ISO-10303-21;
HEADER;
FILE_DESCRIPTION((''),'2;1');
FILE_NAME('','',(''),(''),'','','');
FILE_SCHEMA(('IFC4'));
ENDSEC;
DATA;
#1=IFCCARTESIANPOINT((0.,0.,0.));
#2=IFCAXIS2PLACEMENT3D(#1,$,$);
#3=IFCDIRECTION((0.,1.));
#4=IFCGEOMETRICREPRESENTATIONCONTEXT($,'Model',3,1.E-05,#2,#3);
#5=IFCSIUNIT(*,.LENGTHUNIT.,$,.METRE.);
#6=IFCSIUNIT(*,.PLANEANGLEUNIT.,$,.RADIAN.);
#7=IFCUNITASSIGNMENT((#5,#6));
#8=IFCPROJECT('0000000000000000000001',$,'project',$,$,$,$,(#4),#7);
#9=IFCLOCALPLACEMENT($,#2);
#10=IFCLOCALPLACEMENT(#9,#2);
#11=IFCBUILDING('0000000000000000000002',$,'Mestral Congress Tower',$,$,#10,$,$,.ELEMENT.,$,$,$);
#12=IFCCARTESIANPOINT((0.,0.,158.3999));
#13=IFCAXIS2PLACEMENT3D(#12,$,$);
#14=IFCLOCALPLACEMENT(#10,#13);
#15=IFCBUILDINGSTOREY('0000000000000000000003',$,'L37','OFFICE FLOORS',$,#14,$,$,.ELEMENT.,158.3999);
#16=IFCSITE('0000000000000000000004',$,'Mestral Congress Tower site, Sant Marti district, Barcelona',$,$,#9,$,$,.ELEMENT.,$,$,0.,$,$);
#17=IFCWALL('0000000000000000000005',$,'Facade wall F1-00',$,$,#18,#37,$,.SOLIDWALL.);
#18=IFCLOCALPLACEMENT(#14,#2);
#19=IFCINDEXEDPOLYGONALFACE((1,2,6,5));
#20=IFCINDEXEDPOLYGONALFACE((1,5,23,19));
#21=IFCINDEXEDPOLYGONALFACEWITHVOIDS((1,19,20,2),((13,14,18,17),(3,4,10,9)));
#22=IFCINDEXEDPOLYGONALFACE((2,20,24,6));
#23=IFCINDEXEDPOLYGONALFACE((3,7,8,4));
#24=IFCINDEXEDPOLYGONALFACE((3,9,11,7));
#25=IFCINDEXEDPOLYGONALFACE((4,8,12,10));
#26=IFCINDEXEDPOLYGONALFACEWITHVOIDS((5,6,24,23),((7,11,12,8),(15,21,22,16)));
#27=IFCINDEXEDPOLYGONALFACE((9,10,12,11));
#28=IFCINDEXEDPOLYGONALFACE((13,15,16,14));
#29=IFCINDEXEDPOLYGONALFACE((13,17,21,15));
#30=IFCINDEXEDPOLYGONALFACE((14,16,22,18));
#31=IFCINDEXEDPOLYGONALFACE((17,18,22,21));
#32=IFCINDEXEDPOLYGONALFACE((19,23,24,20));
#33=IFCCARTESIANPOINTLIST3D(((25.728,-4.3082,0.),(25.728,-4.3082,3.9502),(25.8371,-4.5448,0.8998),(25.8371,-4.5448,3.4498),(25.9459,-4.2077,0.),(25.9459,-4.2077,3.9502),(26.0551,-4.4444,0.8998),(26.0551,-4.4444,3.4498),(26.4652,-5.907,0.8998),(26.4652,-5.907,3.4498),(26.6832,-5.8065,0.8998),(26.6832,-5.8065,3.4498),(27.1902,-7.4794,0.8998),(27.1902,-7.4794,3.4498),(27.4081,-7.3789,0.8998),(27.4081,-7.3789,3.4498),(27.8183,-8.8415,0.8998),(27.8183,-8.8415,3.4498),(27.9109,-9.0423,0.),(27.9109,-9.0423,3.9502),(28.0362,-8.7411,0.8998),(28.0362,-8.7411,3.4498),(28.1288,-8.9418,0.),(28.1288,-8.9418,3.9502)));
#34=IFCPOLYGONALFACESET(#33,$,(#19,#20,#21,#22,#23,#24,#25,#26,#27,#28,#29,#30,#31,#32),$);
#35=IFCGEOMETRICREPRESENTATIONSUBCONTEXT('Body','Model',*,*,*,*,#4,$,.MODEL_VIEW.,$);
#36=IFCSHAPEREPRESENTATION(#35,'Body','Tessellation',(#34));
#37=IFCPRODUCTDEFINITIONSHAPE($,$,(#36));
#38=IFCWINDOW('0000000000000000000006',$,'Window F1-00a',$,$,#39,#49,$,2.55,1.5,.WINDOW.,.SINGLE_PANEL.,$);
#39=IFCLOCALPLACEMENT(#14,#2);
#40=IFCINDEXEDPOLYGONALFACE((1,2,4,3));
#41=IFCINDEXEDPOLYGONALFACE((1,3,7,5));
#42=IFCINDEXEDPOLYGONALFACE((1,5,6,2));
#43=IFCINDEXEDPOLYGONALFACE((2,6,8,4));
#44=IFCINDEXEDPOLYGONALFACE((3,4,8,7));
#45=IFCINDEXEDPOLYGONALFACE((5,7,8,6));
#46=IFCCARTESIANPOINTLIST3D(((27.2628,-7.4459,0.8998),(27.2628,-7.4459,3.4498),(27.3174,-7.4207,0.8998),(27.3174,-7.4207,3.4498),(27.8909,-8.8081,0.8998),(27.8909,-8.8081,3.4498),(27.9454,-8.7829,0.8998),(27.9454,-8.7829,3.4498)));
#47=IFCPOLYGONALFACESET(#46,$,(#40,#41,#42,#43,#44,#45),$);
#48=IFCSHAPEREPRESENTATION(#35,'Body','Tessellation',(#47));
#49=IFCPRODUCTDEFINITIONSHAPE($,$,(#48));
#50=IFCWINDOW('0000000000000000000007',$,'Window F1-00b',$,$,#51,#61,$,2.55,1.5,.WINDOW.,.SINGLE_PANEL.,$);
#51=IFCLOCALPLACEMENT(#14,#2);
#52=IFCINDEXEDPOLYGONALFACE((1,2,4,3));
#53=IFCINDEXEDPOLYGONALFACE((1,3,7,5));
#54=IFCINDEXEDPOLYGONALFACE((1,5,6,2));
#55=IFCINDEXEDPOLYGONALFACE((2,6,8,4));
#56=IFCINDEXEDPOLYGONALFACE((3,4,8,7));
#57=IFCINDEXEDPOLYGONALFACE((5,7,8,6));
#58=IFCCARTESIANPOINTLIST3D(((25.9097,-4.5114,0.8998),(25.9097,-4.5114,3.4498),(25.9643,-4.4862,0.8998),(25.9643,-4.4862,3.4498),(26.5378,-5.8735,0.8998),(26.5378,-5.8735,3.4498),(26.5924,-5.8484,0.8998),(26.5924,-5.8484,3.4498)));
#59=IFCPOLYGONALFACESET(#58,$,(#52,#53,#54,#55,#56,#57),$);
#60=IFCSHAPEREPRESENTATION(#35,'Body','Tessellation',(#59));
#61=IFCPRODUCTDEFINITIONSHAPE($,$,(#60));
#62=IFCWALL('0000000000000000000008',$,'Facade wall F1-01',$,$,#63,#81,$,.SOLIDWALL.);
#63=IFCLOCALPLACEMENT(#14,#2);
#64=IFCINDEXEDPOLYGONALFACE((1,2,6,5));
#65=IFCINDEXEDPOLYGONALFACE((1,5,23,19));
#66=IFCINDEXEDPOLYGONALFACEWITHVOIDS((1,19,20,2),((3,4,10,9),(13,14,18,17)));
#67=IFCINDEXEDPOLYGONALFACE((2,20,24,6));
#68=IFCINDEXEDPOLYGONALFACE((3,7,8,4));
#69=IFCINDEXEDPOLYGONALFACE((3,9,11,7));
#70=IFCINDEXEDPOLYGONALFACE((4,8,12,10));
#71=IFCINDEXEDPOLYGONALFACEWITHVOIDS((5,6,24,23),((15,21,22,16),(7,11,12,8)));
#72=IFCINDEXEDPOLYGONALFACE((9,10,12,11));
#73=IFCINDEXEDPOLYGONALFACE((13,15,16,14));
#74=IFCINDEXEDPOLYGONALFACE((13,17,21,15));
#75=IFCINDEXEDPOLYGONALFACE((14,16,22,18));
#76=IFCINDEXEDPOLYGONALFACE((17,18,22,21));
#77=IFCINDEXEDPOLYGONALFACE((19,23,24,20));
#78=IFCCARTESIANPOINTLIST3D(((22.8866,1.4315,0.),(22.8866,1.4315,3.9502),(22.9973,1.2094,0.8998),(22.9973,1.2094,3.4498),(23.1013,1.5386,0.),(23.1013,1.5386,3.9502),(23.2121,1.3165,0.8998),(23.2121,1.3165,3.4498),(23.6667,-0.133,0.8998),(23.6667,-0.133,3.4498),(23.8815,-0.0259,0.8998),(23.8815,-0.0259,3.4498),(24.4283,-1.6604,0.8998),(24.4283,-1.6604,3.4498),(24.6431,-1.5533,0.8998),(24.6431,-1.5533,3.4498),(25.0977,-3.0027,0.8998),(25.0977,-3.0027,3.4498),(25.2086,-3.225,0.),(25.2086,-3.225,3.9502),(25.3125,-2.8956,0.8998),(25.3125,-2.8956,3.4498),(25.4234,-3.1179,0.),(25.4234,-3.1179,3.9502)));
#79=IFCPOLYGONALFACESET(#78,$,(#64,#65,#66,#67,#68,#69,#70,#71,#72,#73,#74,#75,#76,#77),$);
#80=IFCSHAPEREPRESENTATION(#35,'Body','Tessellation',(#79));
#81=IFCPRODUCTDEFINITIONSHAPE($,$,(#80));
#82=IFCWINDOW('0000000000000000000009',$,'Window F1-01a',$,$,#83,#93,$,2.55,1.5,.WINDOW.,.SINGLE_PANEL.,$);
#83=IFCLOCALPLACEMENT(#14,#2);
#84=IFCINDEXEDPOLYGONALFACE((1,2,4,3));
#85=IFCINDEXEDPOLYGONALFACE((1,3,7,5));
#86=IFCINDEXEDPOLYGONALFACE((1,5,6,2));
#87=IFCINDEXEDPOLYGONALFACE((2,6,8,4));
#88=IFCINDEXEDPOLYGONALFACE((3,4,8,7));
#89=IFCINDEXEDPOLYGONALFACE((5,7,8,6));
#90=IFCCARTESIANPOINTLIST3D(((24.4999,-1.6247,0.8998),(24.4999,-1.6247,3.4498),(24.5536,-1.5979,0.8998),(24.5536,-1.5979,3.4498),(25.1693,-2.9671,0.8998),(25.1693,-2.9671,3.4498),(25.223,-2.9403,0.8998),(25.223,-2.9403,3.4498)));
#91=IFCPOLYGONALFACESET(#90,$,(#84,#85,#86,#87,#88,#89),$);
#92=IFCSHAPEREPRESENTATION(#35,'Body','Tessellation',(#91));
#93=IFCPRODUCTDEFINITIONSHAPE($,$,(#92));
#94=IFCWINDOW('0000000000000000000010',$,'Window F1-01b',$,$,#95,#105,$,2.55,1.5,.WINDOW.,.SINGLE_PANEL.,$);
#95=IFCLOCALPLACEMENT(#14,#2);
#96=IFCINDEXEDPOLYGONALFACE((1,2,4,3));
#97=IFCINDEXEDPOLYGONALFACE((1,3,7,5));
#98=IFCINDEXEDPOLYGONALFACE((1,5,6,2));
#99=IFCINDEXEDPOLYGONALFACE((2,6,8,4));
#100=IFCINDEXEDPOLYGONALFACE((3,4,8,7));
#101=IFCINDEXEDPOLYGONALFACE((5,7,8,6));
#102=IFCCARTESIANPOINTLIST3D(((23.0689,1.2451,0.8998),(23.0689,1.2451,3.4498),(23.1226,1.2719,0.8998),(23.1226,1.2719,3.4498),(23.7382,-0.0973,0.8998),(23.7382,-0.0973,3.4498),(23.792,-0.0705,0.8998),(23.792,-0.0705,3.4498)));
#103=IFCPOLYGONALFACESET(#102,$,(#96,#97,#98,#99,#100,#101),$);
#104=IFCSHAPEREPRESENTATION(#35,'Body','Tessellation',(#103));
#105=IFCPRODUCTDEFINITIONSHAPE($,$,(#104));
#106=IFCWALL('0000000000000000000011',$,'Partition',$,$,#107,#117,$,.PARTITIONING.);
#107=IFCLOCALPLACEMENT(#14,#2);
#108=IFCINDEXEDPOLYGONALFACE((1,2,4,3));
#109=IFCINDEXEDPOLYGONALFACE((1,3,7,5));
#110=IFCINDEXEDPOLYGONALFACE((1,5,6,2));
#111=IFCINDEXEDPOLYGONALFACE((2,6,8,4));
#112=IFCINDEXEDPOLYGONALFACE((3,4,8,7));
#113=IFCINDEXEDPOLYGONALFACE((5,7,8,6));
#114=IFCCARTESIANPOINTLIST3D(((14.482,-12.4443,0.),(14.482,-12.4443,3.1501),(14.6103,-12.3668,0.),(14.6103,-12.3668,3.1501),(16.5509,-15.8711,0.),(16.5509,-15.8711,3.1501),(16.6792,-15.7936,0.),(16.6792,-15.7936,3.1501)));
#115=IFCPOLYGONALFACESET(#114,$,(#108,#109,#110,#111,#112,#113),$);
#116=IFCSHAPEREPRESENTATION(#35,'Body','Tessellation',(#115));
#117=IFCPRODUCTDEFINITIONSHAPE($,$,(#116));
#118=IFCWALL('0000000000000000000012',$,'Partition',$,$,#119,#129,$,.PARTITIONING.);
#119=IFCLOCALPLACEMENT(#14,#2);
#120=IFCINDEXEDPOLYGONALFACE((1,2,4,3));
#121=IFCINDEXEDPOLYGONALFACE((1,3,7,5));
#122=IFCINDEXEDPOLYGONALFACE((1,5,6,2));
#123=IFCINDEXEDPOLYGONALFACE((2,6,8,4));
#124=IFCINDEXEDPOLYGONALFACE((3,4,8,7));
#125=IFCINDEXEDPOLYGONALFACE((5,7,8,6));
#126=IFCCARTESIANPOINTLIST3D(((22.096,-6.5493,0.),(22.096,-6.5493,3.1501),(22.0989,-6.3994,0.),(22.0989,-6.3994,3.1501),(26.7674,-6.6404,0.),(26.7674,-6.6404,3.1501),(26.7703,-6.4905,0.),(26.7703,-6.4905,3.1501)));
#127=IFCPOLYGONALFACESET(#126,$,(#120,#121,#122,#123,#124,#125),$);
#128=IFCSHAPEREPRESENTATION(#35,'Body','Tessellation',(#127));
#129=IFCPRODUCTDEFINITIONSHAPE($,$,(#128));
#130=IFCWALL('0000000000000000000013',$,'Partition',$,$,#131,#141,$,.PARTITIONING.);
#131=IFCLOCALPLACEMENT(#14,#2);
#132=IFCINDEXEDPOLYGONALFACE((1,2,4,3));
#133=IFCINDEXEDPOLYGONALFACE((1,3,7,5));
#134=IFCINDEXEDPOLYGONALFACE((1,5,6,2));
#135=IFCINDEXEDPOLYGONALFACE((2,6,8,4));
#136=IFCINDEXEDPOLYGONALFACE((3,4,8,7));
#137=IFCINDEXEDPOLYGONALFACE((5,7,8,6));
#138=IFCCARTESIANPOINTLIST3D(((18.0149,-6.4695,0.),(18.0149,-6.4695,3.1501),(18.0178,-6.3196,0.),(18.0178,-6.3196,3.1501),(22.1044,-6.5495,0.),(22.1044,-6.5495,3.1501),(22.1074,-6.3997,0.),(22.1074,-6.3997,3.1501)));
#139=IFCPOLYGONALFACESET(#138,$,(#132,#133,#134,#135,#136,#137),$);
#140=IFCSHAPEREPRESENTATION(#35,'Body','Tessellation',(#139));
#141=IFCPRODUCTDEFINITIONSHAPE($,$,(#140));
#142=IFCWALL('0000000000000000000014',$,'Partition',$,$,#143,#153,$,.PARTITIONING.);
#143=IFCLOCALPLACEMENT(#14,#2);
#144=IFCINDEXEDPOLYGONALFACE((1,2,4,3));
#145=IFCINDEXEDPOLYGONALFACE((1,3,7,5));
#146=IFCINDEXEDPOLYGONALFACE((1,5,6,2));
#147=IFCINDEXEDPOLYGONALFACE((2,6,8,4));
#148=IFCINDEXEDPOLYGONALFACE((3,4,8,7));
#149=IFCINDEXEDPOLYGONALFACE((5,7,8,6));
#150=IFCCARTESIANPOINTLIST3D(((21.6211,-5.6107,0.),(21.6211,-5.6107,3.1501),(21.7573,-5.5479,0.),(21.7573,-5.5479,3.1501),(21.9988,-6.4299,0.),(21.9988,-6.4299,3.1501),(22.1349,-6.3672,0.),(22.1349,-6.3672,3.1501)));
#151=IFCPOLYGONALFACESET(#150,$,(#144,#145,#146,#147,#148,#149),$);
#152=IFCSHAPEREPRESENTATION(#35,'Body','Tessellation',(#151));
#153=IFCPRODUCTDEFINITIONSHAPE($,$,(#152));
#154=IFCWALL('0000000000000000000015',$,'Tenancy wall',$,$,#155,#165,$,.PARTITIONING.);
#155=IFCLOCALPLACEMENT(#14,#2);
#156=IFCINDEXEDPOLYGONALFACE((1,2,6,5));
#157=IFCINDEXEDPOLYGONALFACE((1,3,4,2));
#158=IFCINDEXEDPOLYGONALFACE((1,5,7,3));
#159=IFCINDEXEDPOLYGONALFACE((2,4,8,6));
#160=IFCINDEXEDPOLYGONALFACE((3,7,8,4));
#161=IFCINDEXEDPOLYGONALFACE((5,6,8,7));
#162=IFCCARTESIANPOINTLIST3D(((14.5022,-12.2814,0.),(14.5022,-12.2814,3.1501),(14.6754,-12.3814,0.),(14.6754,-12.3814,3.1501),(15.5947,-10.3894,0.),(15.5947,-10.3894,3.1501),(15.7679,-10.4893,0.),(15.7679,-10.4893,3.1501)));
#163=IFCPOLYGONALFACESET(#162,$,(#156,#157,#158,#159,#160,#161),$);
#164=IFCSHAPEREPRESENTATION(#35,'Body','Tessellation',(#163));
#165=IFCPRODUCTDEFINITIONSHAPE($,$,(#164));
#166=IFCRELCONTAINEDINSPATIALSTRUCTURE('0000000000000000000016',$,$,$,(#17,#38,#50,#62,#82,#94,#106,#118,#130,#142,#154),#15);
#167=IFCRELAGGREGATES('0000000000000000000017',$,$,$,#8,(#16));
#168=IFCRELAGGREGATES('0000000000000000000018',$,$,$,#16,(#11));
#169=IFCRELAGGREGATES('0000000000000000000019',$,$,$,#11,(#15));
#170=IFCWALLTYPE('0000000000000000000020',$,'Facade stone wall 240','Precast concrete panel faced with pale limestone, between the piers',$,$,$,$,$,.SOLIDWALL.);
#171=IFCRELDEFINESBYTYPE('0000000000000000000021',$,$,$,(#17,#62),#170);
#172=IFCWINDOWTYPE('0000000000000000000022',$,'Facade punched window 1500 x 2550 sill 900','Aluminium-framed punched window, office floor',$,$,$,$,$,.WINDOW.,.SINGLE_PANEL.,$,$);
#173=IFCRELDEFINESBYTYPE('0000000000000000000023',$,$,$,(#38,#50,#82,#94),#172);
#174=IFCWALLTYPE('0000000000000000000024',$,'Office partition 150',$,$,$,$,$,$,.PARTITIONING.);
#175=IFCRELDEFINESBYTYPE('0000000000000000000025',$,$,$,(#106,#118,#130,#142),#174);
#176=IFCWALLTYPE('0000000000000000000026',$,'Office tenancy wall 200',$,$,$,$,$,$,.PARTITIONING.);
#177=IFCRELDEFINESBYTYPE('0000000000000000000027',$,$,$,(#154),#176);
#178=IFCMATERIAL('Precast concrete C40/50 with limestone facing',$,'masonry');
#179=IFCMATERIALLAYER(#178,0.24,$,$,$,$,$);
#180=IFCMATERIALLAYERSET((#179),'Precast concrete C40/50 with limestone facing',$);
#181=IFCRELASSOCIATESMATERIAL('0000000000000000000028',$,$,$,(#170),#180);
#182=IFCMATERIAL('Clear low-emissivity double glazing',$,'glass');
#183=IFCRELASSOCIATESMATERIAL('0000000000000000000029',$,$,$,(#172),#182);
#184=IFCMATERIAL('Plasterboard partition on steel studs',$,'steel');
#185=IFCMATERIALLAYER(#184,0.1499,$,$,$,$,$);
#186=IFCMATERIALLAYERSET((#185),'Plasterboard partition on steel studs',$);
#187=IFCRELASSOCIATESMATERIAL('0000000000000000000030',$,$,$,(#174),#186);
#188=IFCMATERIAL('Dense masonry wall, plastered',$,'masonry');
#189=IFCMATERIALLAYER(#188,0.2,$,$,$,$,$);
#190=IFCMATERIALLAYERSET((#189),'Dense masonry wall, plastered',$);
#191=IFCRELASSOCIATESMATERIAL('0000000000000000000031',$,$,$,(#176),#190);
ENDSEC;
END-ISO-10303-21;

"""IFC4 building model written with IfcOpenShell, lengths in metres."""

from ifc_helpers import new_model, si_unit, direction, frame, frame_2d, origin, place, context, subcontext, project, spatial, rectangle, extrude, material, layer, layer_set, type_object, element, fill, save


model = new_model("IFC4")

# Units and contexts
model_context = context("Model", 3, precision=1e-05, world=origin(), true_north=direction((0.0, 1.0)))
body_context = subcontext(model_context, "Body", "Model", "MODEL_VIEW")
ifc_project = project(units=[si_unit("LENGTHUNIT", "METRE"), si_unit("PLANEANGLEUNIT", "RADIAN")], contexts=[model_context])

# Site, building, storey
site_placement = place(None, origin())
site = spatial("IfcSite", under=ifc_project, at=site_placement, Name="Mestral Congress Tower site, Sant Marti district, Barcelona", CompositionType="ELEMENT", RefElevation=0.0)
building_placement = place(site_placement, origin())
building = spatial("IfcBuilding", under=site, at=building_placement, Name="Mestral Congress Tower", CompositionType="ELEMENT")
storey_placement = place(building_placement, frame((0.0, 0.0, 158.3999)))
storey = spatial("IfcBuildingStorey", under=building, at=storey_placement, Name="L37", Description="OFFICE FLOORS", CompositionType="ELEMENT", Elevation=158.3999)

# Shared definitions
ifc_material_1 = material(Name="Precast concrete C40/50 with limestone facing", Category="masonry")
ifc_layer_1 = layer(ifc_material_1, 0.24)
ifc_layer_set_1 = layer_set([ifc_layer_1], Name="Precast concrete C40/50 with limestone facing")
wall_type_1 = type_object("IfcWallType", Name="Facade stone wall 240", Description="Precast concrete panel faced with pale limestone, between the piers", PredefinedType="SOLIDWALL", material=ifc_layer_set_1)
ifc_material_2 = material(Name="Clear low-emissivity double glazing", Category="glass")

# Walls, openings, windows
wall_1_placement = place(storey_placement, frame((28.0198, -8.9919, 0.0), z_axis=(0.0, 0.0, 1.0), x_axis=(-0.418723, 0.908114, 0.0)))
wall_1 = element("IfcWall", 1, at=wall_1_placement, inside=storey, type_object=wall_type_1, Name="Facade wall F1-00", PredefinedType="SOLIDWALL", context=body_context, shape_type="SweptSolid", body=[
    extrude(rectangle(XDim=5.2131, YDim=0.24, at=frame_2d((2.6064, 0.0))), origin(), (0.0, 0.0, 1.0), 3.9502),
])
opening_1_placement = place(wall_1_placement, frame((0.2209, 0.0, 0.8999)))
opening_1 = element("IfcOpeningElement", 2, at=opening_1_placement, cuts=wall_1, PredefinedType="OPENING", context=body_context, shape_type="SweptSolid", body=[
    extrude(rectangle(XDim=1.5, YDim=2.55, at=frame_2d((0.75, 1.2749))), frame((0.0, 0.1299, 0.0), z_axis=(0.0, -1.0, 0.0), x_axis=(1.0, 0.0, 0.0)), (0.0, 0.0, 1.0), 0.26),
])
opening_2_placement = place(wall_1_placement, frame((3.4524, 0.0, 0.8999)))
opening_2 = element("IfcOpeningElement", 3, at=opening_2_placement, cuts=wall_1, PredefinedType="OPENING", context=body_context, shape_type="SweptSolid", body=[
    extrude(rectangle(XDim=1.5, YDim=2.55, at=frame_2d((0.75, 1.2749))), frame((0.0, 0.1299, 0.0), z_axis=(0.0, -1.0, 0.0), x_axis=(1.0, 0.0, 0.0)), (0.0, 0.0, 1.0), 0.26),
])
window_type_1 = type_object("IfcWindowType", Name="Facade punched window 1500 x 2550 sill 900", Description="Aluminium-framed punched window, office floor", PartitioningType="SINGLE_PANEL", PredefinedType="WINDOW", material=ifc_material_2)
window_1_placement = place(opening_1_placement, origin())
window_1 = element("IfcWindow", 4, at=window_1_placement, inside=storey, type_object=window_type_1, Name="Window F1-00a", OverallHeight=2.55, OverallWidth=1.5, PartitioningType="SINGLE_PANEL", PredefinedType="WINDOW", context=body_context, shape_type="SweptSolid", body=[
    extrude(rectangle(XDim=1.5, YDim=2.55, at=frame_2d((0.75, 1.2749))), frame((0.0, 0.04, 0.0), z_axis=(0.0, -1.0, 0.0), x_axis=(1.0, 0.0, 0.0)), (0.0, 0.0, 1.0), 0.0601),
])
fill(opening_1, window_1)
window_2_placement = place(opening_2_placement, origin())
window_2 = element("IfcWindow", 5, at=window_2_placement, inside=storey, type_object=window_type_1, Name="Window F1-00b", OverallHeight=2.55, OverallWidth=1.5, PartitioningType="SINGLE_PANEL", PredefinedType="WINDOW", context=body_context, shape_type="SweptSolid", body=[
    extrude(rectangle(XDim=1.5, YDim=2.55, at=frame_2d((0.75, 1.2749))), frame((0.0, 0.04, 0.0), z_axis=(0.0, -1.0, 0.0), x_axis=(1.0, 0.0, 0.0)), (0.0, 0.0, 1.0), 0.0601),
])
fill(opening_2, window_2)
wall_2_placement = place(storey_placement, frame((25.3159, -3.1714, 0.0), z_axis=(0.0, 0.0, 1.0), x_axis=(-0.446256, 0.894905, 0.0)))
wall_2 = element("IfcWall", 6, at=wall_2_placement, inside=storey, type_object=wall_type_1, Name="Facade wall F1-01", PredefinedType="SOLIDWALL", context=body_context, shape_type="SweptSolid", body=[
    extrude(rectangle(XDim=5.2034, YDim=0.24, at=frame_2d((2.6016, 0.0))), origin(), (0.0, 0.0, 1.0), 3.9502),
])
opening_3_placement = place(wall_2_placement, frame((0.2483, 0.0, 0.8999)))
opening_3 = element("IfcOpeningElement", 7, at=opening_3_placement, cuts=wall_2, PredefinedType="OPENING", context=body_context, shape_type="SweptSolid", body=[
    extrude(rectangle(XDim=1.5, YDim=2.55, at=frame_2d((0.75, 1.2749))), frame((0.0, 0.1299, 0.0), z_axis=(0.0, -1.0, 0.0), x_axis=(1.0, 0.0, 0.0)), (0.0, 0.0, 1.0), 0.26),
])
opening_4_placement = place(wall_2_placement, frame((3.4551, 0.0, 0.8999)))
opening_4 = element("IfcOpeningElement", 8, at=opening_4_placement, cuts=wall_2, PredefinedType="OPENING", context=body_context, shape_type="SweptSolid", body=[
    extrude(rectangle(XDim=1.5, YDim=2.55, at=frame_2d((0.75, 1.2749))), frame((0.0, 0.1299, 0.0), z_axis=(0.0, -1.0, 0.0), x_axis=(1.0, 0.0, 0.0)), (0.0, 0.0, 1.0), 0.26),
])
window_3_placement = place(opening_3_placement, origin())
window_3 = element("IfcWindow", 9, at=window_3_placement, inside=storey, type_object=window_type_1, Name="Window F1-01a", OverallHeight=2.55, OverallWidth=1.5, PartitioningType="SINGLE_PANEL", PredefinedType="WINDOW", context=body_context, shape_type="SweptSolid", body=[
    extrude(rectangle(XDim=1.5, YDim=2.55, at=frame_2d((0.75, 1.2749))), frame((0.0, 0.04, 0.0), z_axis=(0.0, -1.0, 0.0), x_axis=(1.0, 0.0, 0.0)), (0.0, 0.0, 1.0), 0.0601),
])
fill(opening_3, window_3)
window_4_placement = place(opening_4_placement, origin())
window_4 = element("IfcWindow", 10, at=window_4_placement, inside=storey, type_object=window_type_1, Name="Window F1-01b", OverallHeight=2.55, OverallWidth=1.5, PartitioningType="SINGLE_PANEL", PredefinedType="WINDOW", context=body_context, shape_type="SweptSolid", body=[
    extrude(rectangle(XDim=1.5, YDim=2.55, at=frame_2d((0.75, 1.2749))), frame((0.0, 0.04, 0.0), z_axis=(0.0, -1.0, 0.0), x_axis=(1.0, 0.0, 0.0)), (0.0, 0.0, 1.0), 0.0601),
])
fill(opening_4, window_4)

# Walls
ifc_material_3 = material(Name="Plasterboard partition on steel studs", Category="steel")
ifc_layer_2 = layer(ifc_material_3, 0.1499)
ifc_layer_set_2 = layer_set([ifc_layer_2], Name="Plasterboard partition on steel studs")
wall_type_2 = type_object("IfcWallType", Name="Office partition 150", PredefinedType="PARTITIONING", material=ifc_layer_set_2)
wall_3_placement = place(storey_placement, frame((14.5461, -12.4055, 0.0), z_axis=(0.0, 0.0, 1.0), x_axis=(0.516844, -0.85608, 0.0)))
element("IfcWall", 11, at=wall_3_placement, inside=storey, type_object=wall_type_2, Name="Partition", PredefinedType="PARTITIONING", context=body_context, shape_type="SweptSolid", body=[
    extrude(rectangle(XDim=4.0029, YDim=0.1499, at=frame_2d((2.0015, 0.0))), origin(), (0.0, 0.0, 1.0), 3.1501),
])
wall_4_placement = place(storey_placement, frame((22.0974, -6.4744, 0.0), z_axis=(0.0, 0.0, 1.0), x_axis=(0.99981, -0.01949, 0.0)))
element("IfcWall", 12, at=wall_4_placement, inside=storey, type_object=wall_type_2, Name="Partition", PredefinedType="PARTITIONING", context=body_context, shape_type="SweptSolid", body=[
    extrude(rectangle(XDim=4.6724, YDim=0.1499, at=frame_2d((2.3362, 0.0))), origin(), (0.0, 0.0, 1.0), 3.1501),
])
wall_5_placement = place(storey_placement, frame((18.0164, -6.3945, 0.0), z_axis=(0.0, 0.0, 1.0), x_axis=(0.999808, -0.019577, 0.0)))
element("IfcWall", 13, at=wall_5_placement, inside=storey, type_object=wall_type_2, Name="Partition", PredefinedType="PARTITIONING", context=body_context, shape_type="SweptSolid", body=[
    extrude(rectangle(XDim=4.0903, YDim=0.1499, at=frame_2d((2.0452, 0.0))), origin(), (0.0, 0.0, 1.0), 3.1501),
])
wall_6_placement = place(storey_placement, frame((22.0669, -6.3987, 0.0), z_axis=(0.0, 0.0, 1.0), x_axis=(-0.418629, 0.908157, 0.0)))
element("IfcWall", 14, at=wall_6_placement, inside=storey, type_object=wall_type_2, Name="Partition", PredefinedType="PARTITIONING", context=body_context, shape_type="SweptSolid", body=[
    extrude(rectangle(XDim=0.9021, YDim=0.1499, at=frame_2d((0.4512, 0.0))), origin(), (0.0, 0.0, 1.0), 3.1501),
])
ifc_material_4 = material(Name="Dense masonry wall, plastered", Category="masonry")
ifc_layer_3 = layer(ifc_material_4, 0.2)
ifc_layer_set_3 = layer_set([ifc_layer_3], Name="Dense masonry wall, plastered")
wall_type_3 = type_object("IfcWallType", Name="Office tenancy wall 200", PredefinedType="PARTITIONING", material=ifc_layer_set_3)
wall_7_placement = place(storey_placement, frame((14.5889, -12.3313, 0.0), z_axis=(0.0, 0.0, 1.0), x_axis=(0.500045, 0.865999, 0.0)))
element("IfcWall", 15, at=wall_7_placement, inside=storey, type_object=wall_type_3, Name="Tenancy wall", PredefinedType="PARTITIONING", context=body_context, shape_type="SweptSolid", body=[
    extrude(rectangle(XDim=2.1848, YDim=0.2, at=frame_2d((1.0923, 0.0))), origin(), (0.0, 0.0, 1.0), 3.1501),
])

save(model, "model.ifc")
